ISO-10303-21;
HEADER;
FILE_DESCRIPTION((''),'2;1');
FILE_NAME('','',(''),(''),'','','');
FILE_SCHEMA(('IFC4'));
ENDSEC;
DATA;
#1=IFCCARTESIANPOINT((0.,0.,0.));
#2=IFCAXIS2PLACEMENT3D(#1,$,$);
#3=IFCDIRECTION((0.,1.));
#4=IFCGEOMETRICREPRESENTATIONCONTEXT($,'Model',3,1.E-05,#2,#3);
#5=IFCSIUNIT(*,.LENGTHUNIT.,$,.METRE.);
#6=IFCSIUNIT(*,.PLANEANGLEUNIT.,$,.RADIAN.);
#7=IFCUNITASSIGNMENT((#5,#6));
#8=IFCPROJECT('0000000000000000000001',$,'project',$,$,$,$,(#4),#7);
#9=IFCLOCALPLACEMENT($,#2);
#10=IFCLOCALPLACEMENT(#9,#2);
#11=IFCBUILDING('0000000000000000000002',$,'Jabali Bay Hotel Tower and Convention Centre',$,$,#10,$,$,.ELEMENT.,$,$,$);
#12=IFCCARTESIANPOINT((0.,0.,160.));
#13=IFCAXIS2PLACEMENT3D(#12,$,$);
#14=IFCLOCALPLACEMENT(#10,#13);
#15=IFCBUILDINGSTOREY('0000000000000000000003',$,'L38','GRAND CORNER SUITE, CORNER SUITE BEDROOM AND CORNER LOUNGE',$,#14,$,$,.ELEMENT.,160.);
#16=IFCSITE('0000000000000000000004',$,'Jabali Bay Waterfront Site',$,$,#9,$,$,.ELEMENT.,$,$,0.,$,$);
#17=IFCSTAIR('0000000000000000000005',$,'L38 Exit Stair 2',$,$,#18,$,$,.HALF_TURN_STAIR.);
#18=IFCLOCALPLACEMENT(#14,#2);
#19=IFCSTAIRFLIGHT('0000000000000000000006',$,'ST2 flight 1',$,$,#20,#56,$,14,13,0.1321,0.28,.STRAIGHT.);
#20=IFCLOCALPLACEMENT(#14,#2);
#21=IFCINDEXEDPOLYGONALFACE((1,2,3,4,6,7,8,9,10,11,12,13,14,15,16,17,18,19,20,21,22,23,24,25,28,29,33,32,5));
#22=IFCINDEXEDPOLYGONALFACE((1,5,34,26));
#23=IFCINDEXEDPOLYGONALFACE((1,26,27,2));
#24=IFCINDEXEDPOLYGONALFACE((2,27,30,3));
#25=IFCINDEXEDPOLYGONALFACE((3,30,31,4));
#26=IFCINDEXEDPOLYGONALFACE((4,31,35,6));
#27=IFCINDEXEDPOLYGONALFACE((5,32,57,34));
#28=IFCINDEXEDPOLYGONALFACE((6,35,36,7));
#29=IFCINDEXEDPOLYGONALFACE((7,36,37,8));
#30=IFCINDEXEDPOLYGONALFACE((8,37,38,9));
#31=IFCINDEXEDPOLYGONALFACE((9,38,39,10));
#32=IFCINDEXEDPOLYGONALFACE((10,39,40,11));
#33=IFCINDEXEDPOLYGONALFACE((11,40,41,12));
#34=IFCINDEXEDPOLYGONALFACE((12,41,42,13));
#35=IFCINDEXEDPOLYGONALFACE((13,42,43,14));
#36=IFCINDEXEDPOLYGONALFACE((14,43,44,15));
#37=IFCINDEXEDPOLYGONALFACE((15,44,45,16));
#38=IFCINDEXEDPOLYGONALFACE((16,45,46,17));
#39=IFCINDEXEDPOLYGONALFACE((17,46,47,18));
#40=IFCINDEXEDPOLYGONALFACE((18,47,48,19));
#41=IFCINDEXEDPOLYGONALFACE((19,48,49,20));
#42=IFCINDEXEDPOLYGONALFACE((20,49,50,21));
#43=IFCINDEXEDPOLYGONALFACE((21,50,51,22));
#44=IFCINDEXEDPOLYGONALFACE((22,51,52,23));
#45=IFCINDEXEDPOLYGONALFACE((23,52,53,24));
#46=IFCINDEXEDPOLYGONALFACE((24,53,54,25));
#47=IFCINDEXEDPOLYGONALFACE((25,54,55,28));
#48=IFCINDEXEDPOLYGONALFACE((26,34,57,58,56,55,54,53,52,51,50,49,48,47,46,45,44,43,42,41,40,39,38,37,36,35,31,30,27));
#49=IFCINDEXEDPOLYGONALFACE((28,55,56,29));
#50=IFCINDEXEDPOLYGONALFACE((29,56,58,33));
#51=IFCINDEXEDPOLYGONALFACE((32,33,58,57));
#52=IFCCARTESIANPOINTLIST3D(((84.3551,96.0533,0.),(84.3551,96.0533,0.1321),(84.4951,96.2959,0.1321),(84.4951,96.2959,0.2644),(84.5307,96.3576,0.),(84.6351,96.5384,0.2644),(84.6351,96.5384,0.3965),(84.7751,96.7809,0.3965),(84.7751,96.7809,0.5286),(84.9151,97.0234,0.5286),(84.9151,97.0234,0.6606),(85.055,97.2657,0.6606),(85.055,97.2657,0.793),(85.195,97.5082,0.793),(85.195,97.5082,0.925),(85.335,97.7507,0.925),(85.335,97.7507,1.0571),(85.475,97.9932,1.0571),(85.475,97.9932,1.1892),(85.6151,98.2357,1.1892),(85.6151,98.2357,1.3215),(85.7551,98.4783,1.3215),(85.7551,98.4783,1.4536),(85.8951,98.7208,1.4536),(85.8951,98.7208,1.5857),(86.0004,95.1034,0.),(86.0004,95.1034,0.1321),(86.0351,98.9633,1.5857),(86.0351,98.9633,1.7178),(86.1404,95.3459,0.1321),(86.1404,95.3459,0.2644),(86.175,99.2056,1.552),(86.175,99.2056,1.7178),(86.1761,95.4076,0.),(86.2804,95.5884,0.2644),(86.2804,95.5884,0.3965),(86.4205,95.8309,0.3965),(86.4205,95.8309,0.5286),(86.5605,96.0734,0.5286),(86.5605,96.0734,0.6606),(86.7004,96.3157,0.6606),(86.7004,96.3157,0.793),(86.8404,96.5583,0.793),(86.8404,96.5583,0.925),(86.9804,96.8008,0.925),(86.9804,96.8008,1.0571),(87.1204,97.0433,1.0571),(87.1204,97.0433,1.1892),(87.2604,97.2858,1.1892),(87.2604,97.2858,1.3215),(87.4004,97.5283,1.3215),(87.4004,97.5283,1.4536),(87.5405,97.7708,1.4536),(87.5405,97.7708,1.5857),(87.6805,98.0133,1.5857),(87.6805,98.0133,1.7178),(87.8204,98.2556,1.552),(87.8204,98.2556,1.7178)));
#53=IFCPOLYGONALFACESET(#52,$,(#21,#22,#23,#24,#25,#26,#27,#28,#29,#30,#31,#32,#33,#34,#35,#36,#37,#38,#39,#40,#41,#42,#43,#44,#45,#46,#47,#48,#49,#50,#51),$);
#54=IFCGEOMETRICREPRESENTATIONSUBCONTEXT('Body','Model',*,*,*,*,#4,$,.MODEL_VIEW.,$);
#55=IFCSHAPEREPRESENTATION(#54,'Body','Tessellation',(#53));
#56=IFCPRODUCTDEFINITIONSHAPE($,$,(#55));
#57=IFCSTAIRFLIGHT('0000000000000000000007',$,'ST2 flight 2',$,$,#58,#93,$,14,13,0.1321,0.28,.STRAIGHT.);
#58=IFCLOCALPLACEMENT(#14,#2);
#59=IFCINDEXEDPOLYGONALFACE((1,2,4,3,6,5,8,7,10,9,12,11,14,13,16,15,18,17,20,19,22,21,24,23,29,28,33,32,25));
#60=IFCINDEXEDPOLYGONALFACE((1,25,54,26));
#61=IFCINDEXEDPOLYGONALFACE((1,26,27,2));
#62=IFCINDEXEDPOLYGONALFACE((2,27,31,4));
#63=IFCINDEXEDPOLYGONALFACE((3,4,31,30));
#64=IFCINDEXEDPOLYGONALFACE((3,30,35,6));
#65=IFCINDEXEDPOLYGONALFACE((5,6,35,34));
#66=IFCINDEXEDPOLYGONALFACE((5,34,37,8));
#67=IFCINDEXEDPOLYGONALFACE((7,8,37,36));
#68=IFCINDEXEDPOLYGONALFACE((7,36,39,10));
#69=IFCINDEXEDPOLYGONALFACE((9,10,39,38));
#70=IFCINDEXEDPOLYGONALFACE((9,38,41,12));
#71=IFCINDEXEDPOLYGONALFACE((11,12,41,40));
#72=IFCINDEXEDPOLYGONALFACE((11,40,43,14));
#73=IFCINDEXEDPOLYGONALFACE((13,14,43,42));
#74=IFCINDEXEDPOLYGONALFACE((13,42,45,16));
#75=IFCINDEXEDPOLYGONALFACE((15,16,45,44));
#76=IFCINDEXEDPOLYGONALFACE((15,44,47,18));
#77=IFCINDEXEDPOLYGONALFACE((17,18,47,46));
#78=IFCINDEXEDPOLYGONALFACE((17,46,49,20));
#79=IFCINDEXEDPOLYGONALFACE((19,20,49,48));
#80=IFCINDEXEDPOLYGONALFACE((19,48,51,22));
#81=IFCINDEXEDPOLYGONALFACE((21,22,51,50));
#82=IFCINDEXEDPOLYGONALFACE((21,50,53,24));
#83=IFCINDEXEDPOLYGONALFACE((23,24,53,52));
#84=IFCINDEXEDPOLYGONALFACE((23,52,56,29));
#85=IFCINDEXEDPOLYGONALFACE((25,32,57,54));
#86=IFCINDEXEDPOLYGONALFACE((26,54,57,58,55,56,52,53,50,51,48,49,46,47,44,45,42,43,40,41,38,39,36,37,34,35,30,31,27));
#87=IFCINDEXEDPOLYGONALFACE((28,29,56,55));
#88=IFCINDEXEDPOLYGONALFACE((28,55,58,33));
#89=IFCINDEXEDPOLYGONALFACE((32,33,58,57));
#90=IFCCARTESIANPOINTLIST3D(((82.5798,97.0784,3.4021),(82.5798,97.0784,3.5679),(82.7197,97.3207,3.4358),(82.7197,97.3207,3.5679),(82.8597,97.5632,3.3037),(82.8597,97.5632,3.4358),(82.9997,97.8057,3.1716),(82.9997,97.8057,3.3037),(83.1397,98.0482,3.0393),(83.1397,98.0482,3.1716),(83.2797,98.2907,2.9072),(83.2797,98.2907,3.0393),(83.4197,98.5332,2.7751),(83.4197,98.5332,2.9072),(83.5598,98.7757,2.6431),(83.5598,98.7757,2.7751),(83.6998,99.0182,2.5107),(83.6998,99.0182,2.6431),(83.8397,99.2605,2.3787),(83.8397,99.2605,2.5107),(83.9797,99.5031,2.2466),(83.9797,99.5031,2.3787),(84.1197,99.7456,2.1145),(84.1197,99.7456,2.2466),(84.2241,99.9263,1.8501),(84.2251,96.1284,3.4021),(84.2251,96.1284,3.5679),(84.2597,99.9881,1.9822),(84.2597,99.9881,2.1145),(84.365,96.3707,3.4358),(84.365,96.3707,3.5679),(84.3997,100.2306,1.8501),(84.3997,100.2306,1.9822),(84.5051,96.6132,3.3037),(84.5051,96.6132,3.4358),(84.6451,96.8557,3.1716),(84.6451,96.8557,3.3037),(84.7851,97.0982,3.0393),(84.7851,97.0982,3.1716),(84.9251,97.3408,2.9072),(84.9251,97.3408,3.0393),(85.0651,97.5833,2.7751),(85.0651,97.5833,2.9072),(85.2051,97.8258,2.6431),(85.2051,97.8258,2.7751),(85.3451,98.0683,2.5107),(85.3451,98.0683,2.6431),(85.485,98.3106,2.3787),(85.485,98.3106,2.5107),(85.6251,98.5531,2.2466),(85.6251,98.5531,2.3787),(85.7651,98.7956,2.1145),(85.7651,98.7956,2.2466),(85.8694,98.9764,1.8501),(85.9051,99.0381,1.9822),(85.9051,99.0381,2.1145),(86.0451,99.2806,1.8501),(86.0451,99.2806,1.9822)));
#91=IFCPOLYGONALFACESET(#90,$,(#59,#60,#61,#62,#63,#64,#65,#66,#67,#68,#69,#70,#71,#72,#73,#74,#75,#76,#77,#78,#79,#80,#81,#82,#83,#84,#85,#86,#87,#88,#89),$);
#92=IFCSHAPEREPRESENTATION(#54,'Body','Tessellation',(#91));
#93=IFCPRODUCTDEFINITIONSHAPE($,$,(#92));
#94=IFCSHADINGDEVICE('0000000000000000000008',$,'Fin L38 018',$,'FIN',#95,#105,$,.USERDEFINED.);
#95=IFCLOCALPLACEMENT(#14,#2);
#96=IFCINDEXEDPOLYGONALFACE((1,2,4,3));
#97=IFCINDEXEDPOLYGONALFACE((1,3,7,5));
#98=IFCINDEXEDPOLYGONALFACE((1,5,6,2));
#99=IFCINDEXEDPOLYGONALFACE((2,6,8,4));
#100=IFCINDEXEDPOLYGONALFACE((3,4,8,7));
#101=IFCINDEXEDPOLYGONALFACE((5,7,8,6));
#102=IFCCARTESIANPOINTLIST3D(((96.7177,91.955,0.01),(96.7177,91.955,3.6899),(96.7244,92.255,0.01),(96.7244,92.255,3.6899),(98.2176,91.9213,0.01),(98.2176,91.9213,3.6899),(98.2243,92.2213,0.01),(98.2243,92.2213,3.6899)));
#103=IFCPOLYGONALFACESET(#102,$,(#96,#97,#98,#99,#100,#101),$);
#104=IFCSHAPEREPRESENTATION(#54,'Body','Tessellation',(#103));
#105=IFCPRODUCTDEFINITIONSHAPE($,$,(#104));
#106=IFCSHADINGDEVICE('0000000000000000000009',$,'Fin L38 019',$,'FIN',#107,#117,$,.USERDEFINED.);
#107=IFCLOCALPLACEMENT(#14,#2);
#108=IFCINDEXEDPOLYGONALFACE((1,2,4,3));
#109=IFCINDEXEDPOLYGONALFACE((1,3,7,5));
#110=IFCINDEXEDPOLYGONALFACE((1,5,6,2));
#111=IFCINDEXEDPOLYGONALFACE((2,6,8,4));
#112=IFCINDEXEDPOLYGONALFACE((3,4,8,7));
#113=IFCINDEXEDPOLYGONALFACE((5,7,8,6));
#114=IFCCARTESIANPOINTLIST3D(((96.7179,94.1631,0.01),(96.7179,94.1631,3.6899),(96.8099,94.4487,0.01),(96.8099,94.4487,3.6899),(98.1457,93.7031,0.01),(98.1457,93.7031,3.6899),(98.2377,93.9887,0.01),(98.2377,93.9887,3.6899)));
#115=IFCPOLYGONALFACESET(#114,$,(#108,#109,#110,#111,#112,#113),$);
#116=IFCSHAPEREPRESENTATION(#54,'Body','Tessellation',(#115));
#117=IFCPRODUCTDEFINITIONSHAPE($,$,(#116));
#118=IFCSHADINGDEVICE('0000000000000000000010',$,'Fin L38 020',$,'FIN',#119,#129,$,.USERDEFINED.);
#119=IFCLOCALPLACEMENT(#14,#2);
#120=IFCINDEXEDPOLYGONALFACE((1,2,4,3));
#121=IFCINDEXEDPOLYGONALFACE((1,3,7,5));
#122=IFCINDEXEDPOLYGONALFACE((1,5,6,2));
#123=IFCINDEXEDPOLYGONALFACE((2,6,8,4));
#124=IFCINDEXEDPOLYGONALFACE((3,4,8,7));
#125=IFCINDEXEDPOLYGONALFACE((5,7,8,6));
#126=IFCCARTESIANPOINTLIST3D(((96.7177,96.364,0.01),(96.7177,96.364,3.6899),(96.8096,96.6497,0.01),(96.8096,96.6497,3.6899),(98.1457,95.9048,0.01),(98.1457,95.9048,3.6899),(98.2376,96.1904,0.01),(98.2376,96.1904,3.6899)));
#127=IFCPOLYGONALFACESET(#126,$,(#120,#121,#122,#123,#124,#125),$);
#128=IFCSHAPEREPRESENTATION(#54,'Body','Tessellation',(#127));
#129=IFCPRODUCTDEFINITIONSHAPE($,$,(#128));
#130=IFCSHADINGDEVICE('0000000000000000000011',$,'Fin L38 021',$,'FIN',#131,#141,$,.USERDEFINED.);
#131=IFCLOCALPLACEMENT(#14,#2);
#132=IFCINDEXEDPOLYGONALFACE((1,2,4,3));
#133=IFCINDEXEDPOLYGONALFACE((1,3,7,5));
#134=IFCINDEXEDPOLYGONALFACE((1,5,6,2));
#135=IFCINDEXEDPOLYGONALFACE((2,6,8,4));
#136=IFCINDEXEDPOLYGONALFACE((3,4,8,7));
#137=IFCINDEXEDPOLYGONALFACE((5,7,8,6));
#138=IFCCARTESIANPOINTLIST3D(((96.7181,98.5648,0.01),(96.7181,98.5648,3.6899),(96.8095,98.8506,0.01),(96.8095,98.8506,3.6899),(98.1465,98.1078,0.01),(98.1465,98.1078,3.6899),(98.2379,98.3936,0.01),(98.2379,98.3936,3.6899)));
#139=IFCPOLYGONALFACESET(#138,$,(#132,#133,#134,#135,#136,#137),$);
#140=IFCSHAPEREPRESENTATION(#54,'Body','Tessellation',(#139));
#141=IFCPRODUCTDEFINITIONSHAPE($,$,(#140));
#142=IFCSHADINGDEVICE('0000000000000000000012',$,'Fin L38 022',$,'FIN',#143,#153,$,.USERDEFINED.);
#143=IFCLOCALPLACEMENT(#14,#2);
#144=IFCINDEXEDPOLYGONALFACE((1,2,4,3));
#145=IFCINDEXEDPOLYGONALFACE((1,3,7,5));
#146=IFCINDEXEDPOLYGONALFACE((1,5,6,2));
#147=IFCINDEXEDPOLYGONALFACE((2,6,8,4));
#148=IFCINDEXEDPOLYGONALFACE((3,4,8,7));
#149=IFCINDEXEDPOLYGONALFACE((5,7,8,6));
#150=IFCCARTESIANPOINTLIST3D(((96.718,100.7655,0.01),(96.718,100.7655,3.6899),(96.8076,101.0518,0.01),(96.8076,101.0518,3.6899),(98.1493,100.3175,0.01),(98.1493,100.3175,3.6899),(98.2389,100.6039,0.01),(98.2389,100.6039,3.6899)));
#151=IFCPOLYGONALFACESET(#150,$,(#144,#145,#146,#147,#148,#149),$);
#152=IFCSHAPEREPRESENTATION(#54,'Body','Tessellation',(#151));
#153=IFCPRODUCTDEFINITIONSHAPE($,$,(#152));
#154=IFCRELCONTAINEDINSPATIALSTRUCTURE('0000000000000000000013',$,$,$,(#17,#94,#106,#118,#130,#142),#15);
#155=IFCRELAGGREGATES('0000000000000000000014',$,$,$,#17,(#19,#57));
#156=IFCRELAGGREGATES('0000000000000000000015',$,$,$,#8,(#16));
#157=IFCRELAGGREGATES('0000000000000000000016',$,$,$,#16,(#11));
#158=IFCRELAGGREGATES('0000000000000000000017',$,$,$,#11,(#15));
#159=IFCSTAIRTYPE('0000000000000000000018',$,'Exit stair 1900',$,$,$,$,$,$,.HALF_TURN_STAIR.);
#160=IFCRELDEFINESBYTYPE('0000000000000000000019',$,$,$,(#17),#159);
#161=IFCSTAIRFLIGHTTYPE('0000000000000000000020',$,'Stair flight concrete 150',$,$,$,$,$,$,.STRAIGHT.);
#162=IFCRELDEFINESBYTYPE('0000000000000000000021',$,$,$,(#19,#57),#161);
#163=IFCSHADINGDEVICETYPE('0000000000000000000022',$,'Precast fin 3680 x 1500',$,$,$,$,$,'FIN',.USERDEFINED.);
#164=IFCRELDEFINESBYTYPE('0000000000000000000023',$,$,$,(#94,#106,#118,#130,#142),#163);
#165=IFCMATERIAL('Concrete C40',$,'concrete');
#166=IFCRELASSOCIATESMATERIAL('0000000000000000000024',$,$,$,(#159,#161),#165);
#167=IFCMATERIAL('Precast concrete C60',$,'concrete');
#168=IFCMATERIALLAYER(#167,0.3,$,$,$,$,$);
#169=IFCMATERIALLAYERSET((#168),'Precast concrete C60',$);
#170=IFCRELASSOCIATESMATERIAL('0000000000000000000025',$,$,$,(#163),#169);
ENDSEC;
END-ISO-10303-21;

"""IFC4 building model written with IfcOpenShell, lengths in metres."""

from ifc_helpers import new_model, si_unit, direction, frame, frame_2d, origin, place, context, subcontext, project, spatial, polyline, rectangle, outline, extrude, material, layer, layer_set, type_object, element, aggregate, save


model = new_model("IFC4")

# Units and contexts
model_context = context("Model", 3, precision=1e-05, world=origin(), true_north=direction((0.0, 1.0)))
body_context = subcontext(model_context, "Body", "Model", "MODEL_VIEW")
ifc_project = project(units=[si_unit("LENGTHUNIT", "METRE"), si_unit("PLANEANGLEUNIT", "RADIAN")], contexts=[model_context])

# Site, building, storey
site_placement = place(None, origin())
site = spatial("IfcSite", under=ifc_project, at=site_placement, Name="Jabali Bay Waterfront Site", CompositionType="ELEMENT", RefElevation=0.0)
building_placement = place(site_placement, origin())
building = spatial("IfcBuilding", under=site, at=building_placement, Name="Jabali Bay Hotel Tower and Convention Centre", CompositionType="ELEMENT")
storey_placement = place(building_placement, frame((0.0, 0.0, 160.0)))
storey = spatial("IfcBuildingStorey", under=building, at=storey_placement, Name="L38", Description="GRAND CORNER SUITE, CORNER SUITE BEDROOM AND CORNER LOUNGE", CompositionType="ELEMENT", Elevation=160.0)

# Shared definitions
ifc_material_1 = material(Name="Concrete C40", Category="concrete")

# Stair, stair flights
stair_type = type_object("IfcStairType", Name="Exit stair 1900", PredefinedType="HALF_TURN_STAIR", material=ifc_material_1)
stair_placement = place(storey_placement, origin())
stair = element("IfcStair", 1, at=stair_placement, inside=storey, type_object=stair_type, Name="L38 Exit Stair 2", PredefinedType="HALF_TURN_STAIR")
stair_flight_type = type_object("IfcStairFlightType", Name="Stair flight concrete 150", PredefinedType="STRAIGHT", material=ifc_material_1)
stair_flight_1_placement = place(storey_placement, frame((85.1777, 95.5784, 0.0), z_axis=(0.0, 0.0, 1.0), x_axis=(0.5, 0.866025, 0.0)))
stair_flight_1 = element("IfcStairFlight", 2, at=stair_flight_1_placement, type_object=stair_flight_type, Name="ST2 flight 1", NumberOfRisers=14, NumberOfTreads=13, PredefinedType="STRAIGHT", RiserHeight=0.1321, TreadLength=0.28, context=body_context, shape_type="SweptSolid", body=[
    extrude(outline(polyline([(0.0, 0.0), (0.0, 0.1321), (0.28, 0.1321), (0.28, 0.2644), (0.5601, 0.2644), (0.5601, 0.3965), (0.8401, 0.3965), (0.8401, 0.5286), (1.1201, 0.5286), (1.1201, 0.6606), (1.3999, 0.6606), (1.3999, 0.793), (1.6799, 0.793), (1.6799, 0.925), (1.96, 0.925), (1.96, 1.0571), (2.24, 1.0571), (2.24, 1.1892), (2.52, 1.1892), (2.52, 1.3215), (2.8, 1.3215), (2.8, 1.4536), (3.0801, 1.4536), (3.0801, 1.5857), (3.3601, 1.5857), (3.3601, 1.7178), (3.6399, 1.7178), (3.6399, 1.8501), (3.6399, 1.552), (0.3513, 0.0), (0.0, 0.0)])), frame((0.0, 0.95, 0.0), z_axis=(0.0, -1.0, 0.0), x_axis=(1.0, 0.0, 0.0)), (0.0, 0.0, 1.0), 1.8999),
])
stair_flight_2_placement = place(storey_placement, frame((85.2224, 99.7556, 1.8501), z_axis=(0.0, 0.0, 1.0), x_axis=(-0.5, -0.866025, 0.0)))
stair_flight_2 = element("IfcStairFlight", 3, at=stair_flight_2_placement, type_object=stair_flight_type, Name="ST2 flight 2", NumberOfRisers=14, NumberOfTreads=13, PredefinedType="STRAIGHT", RiserHeight=0.1321, TreadLength=0.28, context=body_context, shape_type="SweptSolid", body=[
    extrude(outline(polyline([(0.0, 0.0), (0.0, 0.1321), (0.28, 0.1321), (0.28, 0.2644), (0.5601, 0.2644), (0.5601, 0.3965), (0.8401, 0.3965), (0.8401, 0.5286), (1.1201, 0.5286), (1.1201, 0.6606), (1.3999, 0.6606), (1.3999, 0.793), (1.6799, 0.793), (1.6799, 0.925), (1.96, 0.925), (1.96, 1.0571), (2.24, 1.0571), (2.24, 1.1892), (2.52, 1.1892), (2.52, 1.3215), (2.8, 1.3215), (2.8, 1.4536), (3.0801, 1.4536), (3.0801, 1.5857), (3.3601, 1.5857), (3.3601, 1.7178), (3.6399, 1.7178), (3.6399, 1.8501), (3.6399, 1.552), (0.3513, 0.0), (0.0, 0.0)])), frame((0.0, 0.95, 0.0), z_axis=(0.0, -1.0, 0.0), x_axis=(1.0, 0.0, 0.0)), (0.0, 0.0, 1.0), 1.8999),
])
aggregate(stair, [stair_flight_1, stair_flight_2])

# Shading devices
ifc_material_2 = material(Name="Precast concrete C60", Category="concrete")
ifc_layer_1 = layer(ifc_material_2, 0.3)
ifc_layer_set_1 = layer_set([ifc_layer_1], Name="Precast concrete C60")
shading_device_type = type_object("IfcShadingDeviceType", Name="Precast fin 3680 x 1500", ElementType="FIN", PredefinedType="USERDEFINED", material=ifc_layer_set_1)
shading_device_placement = place(storey_placement, frame((96.7212, 92.105, 0.01), z_axis=(0.0, 0.0, 1.0), x_axis=(0.999748, -0.022459, 0.0)))
element("IfcShadingDevice", 4, at=shading_device_placement, inside=storey, type_object=shading_device_type, Name="Fin L38 018", ObjectType="FIN", PredefinedType="USERDEFINED", context=body_context, shape_type="SweptSolid", body=[
    extrude(rectangle(XDim=1.5002, YDim=0.3, at=frame_2d((0.75, 0.0))), origin(), (0.0, 0.0, 1.0), 3.6799),
])
for number, where, z_axis, x_axis, name in (
    (5, (96.7639, 94.3059, 0.01), (0.0, 0.0, 1.0), (0.951825, -0.306641, 0.0), "Fin L38 019"),
    (6, (96.7637, 96.5068, 0.01), (0.0, 0.0, 1.0), (0.951983, -0.306151, 0.0), "Fin L38 020"),
):
    element("IfcShadingDevice", number, at=place(storey_placement, frame(where, z_axis=z_axis, x_axis=x_axis)), inside=storey, type_object=shading_device_type, Name=name, ObjectType="FIN", PredefinedType="USERDEFINED", context=body_context, shape_type="SweptSolid", body=[
        extrude(rectangle(XDim=1.5, YDim=0.3, at=frame_2d((0.75, 0.0))), origin(), (0.0, 0.0, 1.0), 3.6799),
    ])
for number, where, z_axis, x_axis, name in (
    (7, (96.7637, 98.7078, 0.01), (0.0, 0.0, 1.0), (0.952439, -0.304728, 0.0), "Fin L38 021"),
    (8, (96.7627, 100.9087, 0.01), (0.0, 0.0, 1.0), (0.95435, -0.298692, 0.0), "Fin L38 022"),
):
    element("IfcShadingDevice", number, at=place(storey_placement, frame(where, z_axis=z_axis, x_axis=x_axis)), inside=storey, type_object=shading_device_type, Name=name, ObjectType="FIN", PredefinedType="USERDEFINED", context=body_context, shape_type="SweptSolid", body=[
        extrude(rectangle(XDim=1.4998, YDim=0.3, at=frame_2d((0.75, 0.0))), origin(), (0.0, 0.0, 1.0), 3.6799),
    ])

save(model, "model.ifc")
